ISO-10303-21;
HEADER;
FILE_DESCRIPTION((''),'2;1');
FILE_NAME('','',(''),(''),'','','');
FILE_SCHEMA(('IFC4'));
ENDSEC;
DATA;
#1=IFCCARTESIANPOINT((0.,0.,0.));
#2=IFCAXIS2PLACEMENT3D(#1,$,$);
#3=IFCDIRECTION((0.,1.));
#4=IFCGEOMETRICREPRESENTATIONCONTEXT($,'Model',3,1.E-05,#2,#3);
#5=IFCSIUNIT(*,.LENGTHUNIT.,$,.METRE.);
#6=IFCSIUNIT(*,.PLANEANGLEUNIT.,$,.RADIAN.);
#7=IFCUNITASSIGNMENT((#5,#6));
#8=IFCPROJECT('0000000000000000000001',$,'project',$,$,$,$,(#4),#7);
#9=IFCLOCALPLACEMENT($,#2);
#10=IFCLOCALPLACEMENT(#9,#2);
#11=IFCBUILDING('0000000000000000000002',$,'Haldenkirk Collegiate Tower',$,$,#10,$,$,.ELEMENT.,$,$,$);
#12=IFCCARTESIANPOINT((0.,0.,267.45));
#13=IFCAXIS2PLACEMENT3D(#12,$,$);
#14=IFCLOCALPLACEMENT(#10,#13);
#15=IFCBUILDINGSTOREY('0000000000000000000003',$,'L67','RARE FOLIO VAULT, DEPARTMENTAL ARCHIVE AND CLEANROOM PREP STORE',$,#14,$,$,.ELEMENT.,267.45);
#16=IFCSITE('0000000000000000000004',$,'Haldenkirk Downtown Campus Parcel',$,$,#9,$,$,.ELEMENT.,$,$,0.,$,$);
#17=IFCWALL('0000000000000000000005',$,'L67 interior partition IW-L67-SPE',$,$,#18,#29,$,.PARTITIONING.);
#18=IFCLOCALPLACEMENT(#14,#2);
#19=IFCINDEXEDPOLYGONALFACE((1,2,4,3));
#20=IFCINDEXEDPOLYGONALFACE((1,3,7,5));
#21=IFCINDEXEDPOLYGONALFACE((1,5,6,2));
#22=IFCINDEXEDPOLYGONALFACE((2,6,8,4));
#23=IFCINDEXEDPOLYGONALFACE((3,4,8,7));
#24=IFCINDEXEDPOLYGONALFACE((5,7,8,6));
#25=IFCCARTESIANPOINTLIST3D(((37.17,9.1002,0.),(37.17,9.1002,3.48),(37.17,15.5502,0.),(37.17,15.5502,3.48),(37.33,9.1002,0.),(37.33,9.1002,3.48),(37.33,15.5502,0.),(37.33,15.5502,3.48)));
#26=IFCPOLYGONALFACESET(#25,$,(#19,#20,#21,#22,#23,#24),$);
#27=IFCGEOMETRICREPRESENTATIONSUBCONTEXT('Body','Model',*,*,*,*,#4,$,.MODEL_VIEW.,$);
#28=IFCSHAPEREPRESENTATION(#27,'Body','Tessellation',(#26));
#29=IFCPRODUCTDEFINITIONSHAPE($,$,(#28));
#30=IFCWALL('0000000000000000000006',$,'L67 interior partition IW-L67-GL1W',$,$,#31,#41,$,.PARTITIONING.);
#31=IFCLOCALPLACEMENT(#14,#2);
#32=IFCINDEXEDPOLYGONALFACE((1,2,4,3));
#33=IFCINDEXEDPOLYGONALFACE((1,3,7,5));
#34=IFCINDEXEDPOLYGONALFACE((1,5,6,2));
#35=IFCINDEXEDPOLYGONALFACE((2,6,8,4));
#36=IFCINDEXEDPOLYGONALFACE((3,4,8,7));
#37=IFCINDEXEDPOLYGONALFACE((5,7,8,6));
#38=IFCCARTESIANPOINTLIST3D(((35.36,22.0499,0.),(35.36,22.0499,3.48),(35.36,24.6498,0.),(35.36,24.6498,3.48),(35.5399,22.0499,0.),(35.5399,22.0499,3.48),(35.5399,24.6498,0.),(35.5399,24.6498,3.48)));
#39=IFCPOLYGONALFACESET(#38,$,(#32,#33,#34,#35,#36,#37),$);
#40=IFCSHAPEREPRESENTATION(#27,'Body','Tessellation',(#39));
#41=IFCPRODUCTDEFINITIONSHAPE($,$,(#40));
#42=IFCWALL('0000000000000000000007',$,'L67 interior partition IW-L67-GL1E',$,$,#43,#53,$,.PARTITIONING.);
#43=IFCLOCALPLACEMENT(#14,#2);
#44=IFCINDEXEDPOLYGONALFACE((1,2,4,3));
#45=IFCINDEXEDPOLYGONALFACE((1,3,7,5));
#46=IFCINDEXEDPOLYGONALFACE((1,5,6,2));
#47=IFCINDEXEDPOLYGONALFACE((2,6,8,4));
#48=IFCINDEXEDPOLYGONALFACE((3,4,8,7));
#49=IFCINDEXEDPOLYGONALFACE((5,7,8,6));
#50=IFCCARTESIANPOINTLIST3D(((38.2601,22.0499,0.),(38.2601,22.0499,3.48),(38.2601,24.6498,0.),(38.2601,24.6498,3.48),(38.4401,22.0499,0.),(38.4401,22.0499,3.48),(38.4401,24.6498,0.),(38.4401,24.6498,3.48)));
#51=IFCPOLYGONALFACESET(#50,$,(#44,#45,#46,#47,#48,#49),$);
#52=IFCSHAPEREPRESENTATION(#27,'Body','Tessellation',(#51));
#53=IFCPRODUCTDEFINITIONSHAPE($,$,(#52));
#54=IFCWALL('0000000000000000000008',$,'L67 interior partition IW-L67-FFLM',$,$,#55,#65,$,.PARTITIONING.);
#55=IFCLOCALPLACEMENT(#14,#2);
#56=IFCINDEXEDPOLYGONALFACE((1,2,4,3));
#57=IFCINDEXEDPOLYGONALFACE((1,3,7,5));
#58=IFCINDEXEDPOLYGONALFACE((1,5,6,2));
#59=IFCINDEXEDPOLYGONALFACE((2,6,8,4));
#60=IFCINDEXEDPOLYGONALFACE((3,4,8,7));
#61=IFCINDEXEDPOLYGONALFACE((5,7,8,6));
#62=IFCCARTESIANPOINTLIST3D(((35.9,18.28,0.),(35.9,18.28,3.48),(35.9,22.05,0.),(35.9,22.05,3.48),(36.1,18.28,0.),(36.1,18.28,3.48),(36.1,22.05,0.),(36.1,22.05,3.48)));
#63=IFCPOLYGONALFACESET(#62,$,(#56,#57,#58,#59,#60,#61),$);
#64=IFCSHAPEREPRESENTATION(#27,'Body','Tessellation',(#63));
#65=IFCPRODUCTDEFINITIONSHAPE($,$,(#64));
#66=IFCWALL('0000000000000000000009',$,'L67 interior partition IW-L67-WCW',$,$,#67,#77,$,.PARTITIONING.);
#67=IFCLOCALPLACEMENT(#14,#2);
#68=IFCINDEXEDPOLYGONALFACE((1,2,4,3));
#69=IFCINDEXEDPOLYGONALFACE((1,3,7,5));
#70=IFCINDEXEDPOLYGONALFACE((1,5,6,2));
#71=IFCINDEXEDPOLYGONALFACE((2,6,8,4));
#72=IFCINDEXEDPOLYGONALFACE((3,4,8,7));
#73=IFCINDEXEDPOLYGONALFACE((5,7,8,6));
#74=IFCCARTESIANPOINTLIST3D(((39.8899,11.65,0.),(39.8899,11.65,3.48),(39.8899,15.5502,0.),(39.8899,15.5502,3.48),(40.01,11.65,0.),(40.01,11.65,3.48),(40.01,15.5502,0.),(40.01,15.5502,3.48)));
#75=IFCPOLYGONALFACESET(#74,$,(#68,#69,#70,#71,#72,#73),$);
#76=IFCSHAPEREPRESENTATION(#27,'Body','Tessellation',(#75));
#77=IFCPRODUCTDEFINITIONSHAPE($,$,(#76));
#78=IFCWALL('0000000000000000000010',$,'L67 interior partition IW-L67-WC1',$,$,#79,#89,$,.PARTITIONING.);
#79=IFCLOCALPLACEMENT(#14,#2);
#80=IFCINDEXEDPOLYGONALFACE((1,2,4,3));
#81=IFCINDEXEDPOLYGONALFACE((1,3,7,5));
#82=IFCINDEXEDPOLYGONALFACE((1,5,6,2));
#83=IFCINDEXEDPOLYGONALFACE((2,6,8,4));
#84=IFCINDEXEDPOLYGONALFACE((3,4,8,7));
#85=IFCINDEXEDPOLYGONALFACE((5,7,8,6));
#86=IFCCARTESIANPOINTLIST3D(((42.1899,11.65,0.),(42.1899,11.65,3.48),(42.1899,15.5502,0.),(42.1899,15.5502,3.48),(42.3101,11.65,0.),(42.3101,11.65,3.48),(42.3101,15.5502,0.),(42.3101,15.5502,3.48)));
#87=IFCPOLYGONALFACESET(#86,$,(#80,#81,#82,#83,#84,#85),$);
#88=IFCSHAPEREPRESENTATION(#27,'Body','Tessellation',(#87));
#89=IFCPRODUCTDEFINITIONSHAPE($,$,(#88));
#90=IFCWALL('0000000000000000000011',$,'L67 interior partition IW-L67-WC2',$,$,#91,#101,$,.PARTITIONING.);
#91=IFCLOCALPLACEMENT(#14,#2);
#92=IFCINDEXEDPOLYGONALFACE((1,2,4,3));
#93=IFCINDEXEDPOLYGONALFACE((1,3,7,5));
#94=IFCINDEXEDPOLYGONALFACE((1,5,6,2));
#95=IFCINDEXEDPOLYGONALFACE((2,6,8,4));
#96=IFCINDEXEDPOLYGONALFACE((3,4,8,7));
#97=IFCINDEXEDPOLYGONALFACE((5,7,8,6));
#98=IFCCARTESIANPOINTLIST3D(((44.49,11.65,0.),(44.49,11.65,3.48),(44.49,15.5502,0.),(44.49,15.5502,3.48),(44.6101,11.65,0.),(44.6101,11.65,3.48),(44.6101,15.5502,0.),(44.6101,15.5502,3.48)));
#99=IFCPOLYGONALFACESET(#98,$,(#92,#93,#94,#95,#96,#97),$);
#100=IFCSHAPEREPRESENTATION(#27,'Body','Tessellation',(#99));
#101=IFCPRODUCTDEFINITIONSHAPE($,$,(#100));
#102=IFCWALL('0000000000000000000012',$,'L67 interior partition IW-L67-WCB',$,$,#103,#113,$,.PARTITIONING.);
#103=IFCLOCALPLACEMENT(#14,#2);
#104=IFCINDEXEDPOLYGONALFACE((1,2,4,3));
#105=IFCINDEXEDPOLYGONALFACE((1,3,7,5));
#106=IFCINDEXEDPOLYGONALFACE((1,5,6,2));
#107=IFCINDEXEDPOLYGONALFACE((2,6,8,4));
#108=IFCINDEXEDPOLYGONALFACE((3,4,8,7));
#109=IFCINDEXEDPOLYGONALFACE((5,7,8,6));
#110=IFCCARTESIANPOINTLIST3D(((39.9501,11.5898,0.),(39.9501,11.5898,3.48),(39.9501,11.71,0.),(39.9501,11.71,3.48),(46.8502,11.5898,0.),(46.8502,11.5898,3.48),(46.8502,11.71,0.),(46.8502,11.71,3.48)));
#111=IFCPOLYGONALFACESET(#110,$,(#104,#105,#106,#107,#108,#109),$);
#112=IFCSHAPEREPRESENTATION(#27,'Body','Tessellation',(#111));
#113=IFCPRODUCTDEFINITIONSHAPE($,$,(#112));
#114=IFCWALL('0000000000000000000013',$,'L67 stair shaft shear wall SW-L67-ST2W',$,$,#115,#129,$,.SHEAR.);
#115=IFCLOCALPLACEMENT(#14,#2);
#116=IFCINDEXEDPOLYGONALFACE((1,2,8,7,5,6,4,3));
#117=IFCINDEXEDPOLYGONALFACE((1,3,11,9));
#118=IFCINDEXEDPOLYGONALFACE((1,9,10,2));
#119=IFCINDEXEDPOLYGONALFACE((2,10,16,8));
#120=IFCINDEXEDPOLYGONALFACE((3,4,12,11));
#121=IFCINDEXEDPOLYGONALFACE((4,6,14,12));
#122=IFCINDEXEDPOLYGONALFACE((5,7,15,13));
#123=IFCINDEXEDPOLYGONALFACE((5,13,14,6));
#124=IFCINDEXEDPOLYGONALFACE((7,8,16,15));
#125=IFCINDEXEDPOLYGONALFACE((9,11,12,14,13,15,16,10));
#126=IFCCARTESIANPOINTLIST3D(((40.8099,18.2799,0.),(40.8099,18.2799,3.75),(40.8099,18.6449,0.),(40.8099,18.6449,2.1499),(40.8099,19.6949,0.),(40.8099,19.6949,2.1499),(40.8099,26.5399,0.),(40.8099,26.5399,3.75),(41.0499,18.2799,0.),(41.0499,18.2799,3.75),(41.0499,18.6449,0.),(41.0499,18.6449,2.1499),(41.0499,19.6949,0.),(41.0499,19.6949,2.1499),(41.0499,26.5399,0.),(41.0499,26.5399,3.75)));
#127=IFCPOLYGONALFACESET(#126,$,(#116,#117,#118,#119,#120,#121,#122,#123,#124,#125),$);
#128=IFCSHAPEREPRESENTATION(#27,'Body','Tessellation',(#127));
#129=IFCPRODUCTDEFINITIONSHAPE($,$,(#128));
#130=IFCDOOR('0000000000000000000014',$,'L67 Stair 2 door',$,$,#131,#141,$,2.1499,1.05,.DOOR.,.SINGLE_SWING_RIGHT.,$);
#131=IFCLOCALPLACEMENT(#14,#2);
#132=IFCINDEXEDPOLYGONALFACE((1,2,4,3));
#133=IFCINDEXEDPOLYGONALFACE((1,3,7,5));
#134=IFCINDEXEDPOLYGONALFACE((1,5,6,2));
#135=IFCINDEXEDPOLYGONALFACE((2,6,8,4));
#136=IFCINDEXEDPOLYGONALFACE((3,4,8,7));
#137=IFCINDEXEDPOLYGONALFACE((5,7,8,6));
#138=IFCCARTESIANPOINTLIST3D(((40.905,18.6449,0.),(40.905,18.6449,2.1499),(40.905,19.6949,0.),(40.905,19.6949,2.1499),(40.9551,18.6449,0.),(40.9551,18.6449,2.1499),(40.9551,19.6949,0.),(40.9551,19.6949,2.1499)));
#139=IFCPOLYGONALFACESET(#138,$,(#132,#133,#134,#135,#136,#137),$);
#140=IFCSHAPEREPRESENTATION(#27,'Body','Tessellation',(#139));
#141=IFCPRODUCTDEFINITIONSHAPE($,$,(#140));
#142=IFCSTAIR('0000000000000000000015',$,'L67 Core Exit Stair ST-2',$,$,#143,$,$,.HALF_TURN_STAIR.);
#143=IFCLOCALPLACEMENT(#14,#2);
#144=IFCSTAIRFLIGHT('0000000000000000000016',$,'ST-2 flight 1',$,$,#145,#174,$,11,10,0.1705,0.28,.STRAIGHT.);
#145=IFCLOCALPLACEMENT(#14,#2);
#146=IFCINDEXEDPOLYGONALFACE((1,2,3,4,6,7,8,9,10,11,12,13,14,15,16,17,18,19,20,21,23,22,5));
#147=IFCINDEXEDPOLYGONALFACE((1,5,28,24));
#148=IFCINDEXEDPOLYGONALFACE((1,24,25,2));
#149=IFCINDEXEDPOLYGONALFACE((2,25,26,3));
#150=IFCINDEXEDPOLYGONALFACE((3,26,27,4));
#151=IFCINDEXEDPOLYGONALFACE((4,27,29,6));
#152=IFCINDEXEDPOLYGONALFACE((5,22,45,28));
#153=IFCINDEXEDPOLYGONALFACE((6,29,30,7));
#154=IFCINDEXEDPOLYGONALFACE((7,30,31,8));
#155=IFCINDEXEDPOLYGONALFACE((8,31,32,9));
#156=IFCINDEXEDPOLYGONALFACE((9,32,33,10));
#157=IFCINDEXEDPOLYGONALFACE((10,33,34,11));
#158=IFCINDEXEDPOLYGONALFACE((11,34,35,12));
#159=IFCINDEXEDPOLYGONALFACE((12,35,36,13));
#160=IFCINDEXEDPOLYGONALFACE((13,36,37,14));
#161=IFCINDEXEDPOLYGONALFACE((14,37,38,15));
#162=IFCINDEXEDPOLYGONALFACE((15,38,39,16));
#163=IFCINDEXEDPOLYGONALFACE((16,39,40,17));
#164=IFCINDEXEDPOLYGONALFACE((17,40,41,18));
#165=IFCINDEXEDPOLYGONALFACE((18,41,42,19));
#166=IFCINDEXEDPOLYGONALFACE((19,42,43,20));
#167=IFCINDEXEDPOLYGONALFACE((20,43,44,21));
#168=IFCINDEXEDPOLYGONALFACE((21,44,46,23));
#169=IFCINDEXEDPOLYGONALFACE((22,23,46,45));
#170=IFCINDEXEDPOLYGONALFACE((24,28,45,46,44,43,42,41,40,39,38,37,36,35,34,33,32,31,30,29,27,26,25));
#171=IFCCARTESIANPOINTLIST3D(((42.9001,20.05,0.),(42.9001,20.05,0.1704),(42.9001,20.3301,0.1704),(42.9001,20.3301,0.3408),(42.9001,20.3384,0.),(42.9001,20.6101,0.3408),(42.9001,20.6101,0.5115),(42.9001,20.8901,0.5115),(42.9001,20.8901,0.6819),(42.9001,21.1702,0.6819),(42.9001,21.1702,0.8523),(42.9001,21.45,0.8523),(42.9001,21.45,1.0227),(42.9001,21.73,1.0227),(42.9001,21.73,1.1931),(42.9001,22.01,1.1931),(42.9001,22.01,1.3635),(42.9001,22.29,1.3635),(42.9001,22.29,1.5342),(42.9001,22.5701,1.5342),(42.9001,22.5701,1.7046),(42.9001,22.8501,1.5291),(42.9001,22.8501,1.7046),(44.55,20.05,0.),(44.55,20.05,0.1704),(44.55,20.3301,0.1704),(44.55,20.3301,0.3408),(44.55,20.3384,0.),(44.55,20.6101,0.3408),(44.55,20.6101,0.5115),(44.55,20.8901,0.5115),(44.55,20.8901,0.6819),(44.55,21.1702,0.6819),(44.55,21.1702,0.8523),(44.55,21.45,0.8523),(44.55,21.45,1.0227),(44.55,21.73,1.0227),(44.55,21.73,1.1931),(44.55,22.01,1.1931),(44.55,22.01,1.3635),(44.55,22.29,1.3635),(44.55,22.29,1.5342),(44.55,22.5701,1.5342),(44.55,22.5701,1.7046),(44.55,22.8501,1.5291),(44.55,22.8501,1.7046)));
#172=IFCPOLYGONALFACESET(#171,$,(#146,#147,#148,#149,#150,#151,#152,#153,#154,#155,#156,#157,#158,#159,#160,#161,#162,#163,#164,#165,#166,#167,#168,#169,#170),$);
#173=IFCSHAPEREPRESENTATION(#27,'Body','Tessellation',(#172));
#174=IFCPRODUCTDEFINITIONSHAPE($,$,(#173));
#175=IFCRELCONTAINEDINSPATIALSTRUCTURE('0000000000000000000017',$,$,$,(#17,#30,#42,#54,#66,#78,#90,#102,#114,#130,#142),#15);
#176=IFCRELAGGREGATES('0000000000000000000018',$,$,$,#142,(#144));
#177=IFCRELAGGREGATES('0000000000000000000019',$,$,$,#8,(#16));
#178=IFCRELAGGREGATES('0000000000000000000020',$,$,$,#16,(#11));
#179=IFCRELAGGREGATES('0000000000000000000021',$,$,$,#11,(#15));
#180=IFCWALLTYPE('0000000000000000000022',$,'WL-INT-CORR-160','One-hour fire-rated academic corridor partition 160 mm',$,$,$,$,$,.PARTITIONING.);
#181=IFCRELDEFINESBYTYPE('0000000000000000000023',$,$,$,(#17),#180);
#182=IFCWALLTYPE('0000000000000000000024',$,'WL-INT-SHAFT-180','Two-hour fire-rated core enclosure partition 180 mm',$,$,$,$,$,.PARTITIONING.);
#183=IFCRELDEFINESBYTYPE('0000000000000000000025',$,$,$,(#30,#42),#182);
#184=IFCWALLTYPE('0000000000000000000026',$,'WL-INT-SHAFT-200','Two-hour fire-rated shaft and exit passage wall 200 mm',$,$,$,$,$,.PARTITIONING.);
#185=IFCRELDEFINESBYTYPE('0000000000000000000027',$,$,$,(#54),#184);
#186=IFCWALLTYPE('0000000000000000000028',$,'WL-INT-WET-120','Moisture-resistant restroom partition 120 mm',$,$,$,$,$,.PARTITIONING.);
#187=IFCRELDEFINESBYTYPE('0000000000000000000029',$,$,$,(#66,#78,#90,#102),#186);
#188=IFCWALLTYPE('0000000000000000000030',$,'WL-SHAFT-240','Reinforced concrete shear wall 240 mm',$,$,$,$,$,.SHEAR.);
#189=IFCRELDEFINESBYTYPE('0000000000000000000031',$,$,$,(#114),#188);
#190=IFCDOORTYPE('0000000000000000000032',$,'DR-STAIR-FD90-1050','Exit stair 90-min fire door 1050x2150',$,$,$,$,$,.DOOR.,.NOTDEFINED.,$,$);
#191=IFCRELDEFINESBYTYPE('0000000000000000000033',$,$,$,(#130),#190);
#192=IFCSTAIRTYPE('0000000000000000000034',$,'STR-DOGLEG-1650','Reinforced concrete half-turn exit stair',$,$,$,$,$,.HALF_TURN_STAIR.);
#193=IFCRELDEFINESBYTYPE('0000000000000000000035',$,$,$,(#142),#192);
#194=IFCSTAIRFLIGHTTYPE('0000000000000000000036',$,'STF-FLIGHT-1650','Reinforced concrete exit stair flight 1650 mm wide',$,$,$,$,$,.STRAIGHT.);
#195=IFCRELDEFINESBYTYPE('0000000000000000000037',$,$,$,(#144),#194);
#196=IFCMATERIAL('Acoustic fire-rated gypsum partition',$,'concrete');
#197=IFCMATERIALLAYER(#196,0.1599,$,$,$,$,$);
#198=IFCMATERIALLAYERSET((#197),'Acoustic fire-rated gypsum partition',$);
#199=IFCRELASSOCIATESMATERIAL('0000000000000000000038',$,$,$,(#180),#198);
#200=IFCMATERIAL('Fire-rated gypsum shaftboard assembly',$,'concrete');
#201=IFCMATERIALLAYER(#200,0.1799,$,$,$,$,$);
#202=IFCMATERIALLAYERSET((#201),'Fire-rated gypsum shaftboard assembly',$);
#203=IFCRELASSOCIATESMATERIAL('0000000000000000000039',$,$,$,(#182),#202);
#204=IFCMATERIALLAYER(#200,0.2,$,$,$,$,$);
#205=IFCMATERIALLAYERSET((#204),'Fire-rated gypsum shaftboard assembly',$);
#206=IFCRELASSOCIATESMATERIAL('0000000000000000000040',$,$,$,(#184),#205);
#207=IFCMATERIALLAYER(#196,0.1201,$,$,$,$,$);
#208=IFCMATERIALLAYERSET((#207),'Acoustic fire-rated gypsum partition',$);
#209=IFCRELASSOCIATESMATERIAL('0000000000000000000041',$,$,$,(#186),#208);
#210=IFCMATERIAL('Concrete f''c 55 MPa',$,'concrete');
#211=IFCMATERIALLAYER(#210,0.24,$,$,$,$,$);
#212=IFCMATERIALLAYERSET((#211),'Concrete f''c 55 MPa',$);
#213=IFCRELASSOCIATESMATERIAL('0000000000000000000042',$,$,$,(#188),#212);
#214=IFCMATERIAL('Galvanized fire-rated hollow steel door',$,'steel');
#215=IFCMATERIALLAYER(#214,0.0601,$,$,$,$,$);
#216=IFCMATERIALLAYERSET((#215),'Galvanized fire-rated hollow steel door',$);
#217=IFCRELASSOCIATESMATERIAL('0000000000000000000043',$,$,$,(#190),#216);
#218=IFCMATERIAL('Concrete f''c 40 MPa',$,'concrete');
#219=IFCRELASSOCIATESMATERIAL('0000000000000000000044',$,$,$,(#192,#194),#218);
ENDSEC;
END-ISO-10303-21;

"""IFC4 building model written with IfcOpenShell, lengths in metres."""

from ifc_helpers import new_model, si_unit, direction, frame, frame_2d, origin, place, context, subcontext, project, spatial, polyline, rectangle, outline, extrude, material, layer, layer_set, type_object, element, fill, aggregate, save


model = new_model("IFC4")

# Units and contexts
model_context = context("Model", 3, precision=1e-05, world=origin(), true_north=direction((0.0, 1.0)))
body_context = subcontext(model_context, "Body", "Model", "MODEL_VIEW")
ifc_project = project(units=[si_unit("LENGTHUNIT", "METRE"), si_unit("PLANEANGLEUNIT", "RADIAN")], contexts=[model_context])

# Site, building, storey
site_placement = place(None, origin())
site = spatial("IfcSite", under=ifc_project, at=site_placement, Name="Haldenkirk Downtown Campus Parcel", CompositionType="ELEMENT", RefElevation=0.0)
building_placement = place(site_placement, origin())
building = spatial("IfcBuilding", under=site, at=building_placement, Name="Haldenkirk Collegiate Tower", CompositionType="ELEMENT")
storey_placement = place(building_placement, frame((0.0, 0.0, 267.45)))
storey = spatial("IfcBuildingStorey", under=building, at=storey_placement, Name="L67", Description="RARE FOLIO VAULT, DEPARTMENTAL ARCHIVE AND CLEANROOM PREP STORE", CompositionType="ELEMENT", Elevation=267.45)

# Shared definitions
ifc_material_1 = material(Name="Acoustic fire-rated gypsum partition", Category="concrete")
ifc_layer_1 = layer(ifc_material_1, 0.1599)
ifc_layer_set_1 = layer_set([ifc_layer_1], Name="Acoustic fire-rated gypsum partition")
wall_type_1 = type_object("IfcWallType", Name="WL-INT-CORR-160", Description="One-hour fire-rated academic corridor partition 160 mm", PredefinedType="PARTITIONING", material=ifc_layer_set_1)

# Walls
wall_1_placement = place(storey_placement, frame((37.25, 9.1001, 0.0), z_axis=(0.0, 0.0, 1.0), x_axis=(0.0, 1.0, 0.0)))
element("IfcWall", 1, at=wall_1_placement, inside=storey, type_object=wall_type_1, Name="L67 interior partition IW-L67-SPE", PredefinedType="PARTITIONING", context=body_context, shape_type="SweptSolid", body=[
    extrude(rectangle(XDim=6.45, YDim=0.1599, at=frame_2d((3.2251, 0.0))), origin(), (0.0, 0.0, 1.0), 3.48),
])
ifc_material_2 = material(Name="Fire-rated gypsum shaftboard assembly", Category="concrete")
ifc_layer_2 = layer(ifc_material_2, 0.1799)
ifc_layer_set_2 = layer_set([ifc_layer_2], Name="Fire-rated gypsum shaftboard assembly")
wall_type_2 = type_object("IfcWallType", Name="WL-INT-SHAFT-180", Description="Two-hour fire-rated core enclosure partition 180 mm", PredefinedType="PARTITIONING", material=ifc_layer_set_2)
for number, where, z_axis, x_axis, name in (
    (2, (35.45, 22.05, 0.0), (0.0, 0.0, 1.0), (0.0, 1.0, 0.0), "L67 interior partition IW-L67-GL1W"),
    (3, (38.3501, 22.05, 0.0), (0.0, 0.0, 1.0), (0.0, 1.0, 0.0), "L67 interior partition IW-L67-GL1E"),
):
    element("IfcWall", number, at=place(storey_placement, frame(where, z_axis=z_axis, x_axis=x_axis)), inside=storey, type_object=wall_type_2, Name=name, PredefinedType="PARTITIONING", context=body_context, shape_type="SweptSolid", body=[
        extrude(rectangle(XDim=2.5999, YDim=0.1799, at=frame_2d((1.2998, 0.0))), origin(), (0.0, 0.0, 1.0), 3.48),
    ])
ifc_layer_3 = layer(ifc_material_2, 0.2)
ifc_layer_set_3 = layer_set([ifc_layer_3], Name="Fire-rated gypsum shaftboard assembly")
wall_type_3 = type_object("IfcWallType", Name="WL-INT-SHAFT-200", Description="Two-hour fire-rated shaft and exit passage wall 200 mm", PredefinedType="PARTITIONING", material=ifc_layer_set_3)
wall_2_placement = place(storey_placement, frame((36.0, 18.28, 0.0), z_axis=(0.0, 0.0, 1.0), x_axis=(0.0, 1.0, 0.0)))
element("IfcWall", 4, at=wall_2_placement, inside=storey, type_object=wall_type_3, Name="L67 interior partition IW-L67-FFLM", PredefinedType="PARTITIONING", context=body_context, shape_type="SweptSolid", body=[
    extrude(rectangle(XDim=3.77, YDim=0.2, at=frame_2d((1.885, 0.0))), origin(), (0.0, 0.0, 1.0), 3.48),
])

# Walls
ifc_layer_4 = layer(ifc_material_1, 0.1201)
ifc_layer_set_4 = layer_set([ifc_layer_4], Name="Acoustic fire-rated gypsum partition")
wall_type_4 = type_object("IfcWallType", Name="WL-INT-WET-120", Description="Moisture-resistant restroom partition 120 mm", PredefinedType="PARTITIONING", material=ifc_layer_set_4)
for number, where, z_axis, x_axis, name in (
    (5, (39.95, 11.6499, 0.0), (0.0, 0.0, 1.0), (0.0, 1.0, 0.0), "L67 interior partition IW-L67-WCW"),
    (6, (42.25, 11.6499, 0.0), (0.0, 0.0, 1.0), (0.0, 1.0, 0.0), "L67 interior partition IW-L67-WC1"),
    (7, (44.55, 11.6499, 0.0), (0.0, 0.0, 1.0), (0.0, 1.0, 0.0), "L67 interior partition IW-L67-WC2"),
):
    element("IfcWall", number, at=place(storey_placement, frame(where, z_axis=z_axis, x_axis=x_axis)), inside=storey, type_object=wall_type_4, Name=name, PredefinedType="PARTITIONING", context=body_context, shape_type="SweptSolid", body=[
        extrude(rectangle(XDim=3.9001, YDim=0.1201, at=frame_2d((1.9502, 0.0))), origin(), (0.0, 0.0, 1.0), 3.48),
    ])
wall_3_placement = place(storey_placement, frame((39.95, 11.6499, 0.0), z_axis=(0.0, 0.0, 1.0), x_axis=(1.0, 0.0, 0.0)))
element("IfcWall", 8, at=wall_3_placement, inside=storey, type_object=wall_type_4, Name="L67 interior partition IW-L67-WCB", PredefinedType="PARTITIONING", context=body_context, shape_type="SweptSolid", body=[
    extrude(rectangle(XDim=6.9001, YDim=0.1201, at=frame_2d((3.4502, 0.0))), origin(), (0.0, 0.0, 1.0), 3.48),
])

# Wall, opening, door
ifc_material_3 = material(Name="Concrete f'c 55 MPa", Category="concrete")
ifc_layer_5 = layer(ifc_material_3, 0.24)
ifc_layer_set_5 = layer_set([ifc_layer_5], Name="Concrete f'c 55 MPa")
wall_type_5 = type_object("IfcWallType", Name="WL-SHAFT-240", Description="Reinforced concrete shear wall 240 mm", PredefinedType="SHEAR", material=ifc_layer_set_5)
wall_4_placement = place(storey_placement, frame((40.9299, 18.28, 0.0), z_axis=(0.0, 0.0, 1.0), x_axis=(0.0, 1.0, 0.0)))
wall_4 = element("IfcWall", 9, at=wall_4_placement, inside=storey, type_object=wall_type_5, Name="L67 stair shaft shear wall SW-L67-ST2W", PredefinedType="SHEAR", context=body_context, shape_type="SweptSolid", body=[
    extrude(rectangle(XDim=8.26, YDim=0.24, at=frame_2d((4.1299, 0.0))), origin(), (0.0, 0.0, 1.0), 3.75),
])
opening_1_placement = place(wall_4_placement, frame((0.365, 0.0, 0.0)))
opening_1 = element("IfcOpeningElement", 10, at=opening_1_placement, cuts=wall_4, PredefinedType="OPENING", context=body_context, shape_type="SweptSolid", body=[
    extrude(rectangle(XDim=1.05, YDim=2.1499, at=frame_2d((0.5249, 1.075))), frame((0.0, 0.1299, 0.0), z_axis=(0.0, -1.0, 0.0), x_axis=(1.0, 0.0, 0.0)), (0.0, 0.0, 1.0), 0.26),
])
ifc_material_4 = material(Name="Galvanized fire-rated hollow steel door", Category="steel")
ifc_layer_6 = layer(ifc_material_4, 0.0601)
ifc_layer_set_6 = layer_set([ifc_layer_6], Name="Galvanized fire-rated hollow steel door")
door_type_1 = type_object("IfcDoorType", Name="DR-STAIR-FD90-1050", Description="Exit stair 90-min fire door 1050x2150", OperationType="NOTDEFINED", PredefinedType="DOOR", material=ifc_layer_set_6)
door_1_placement = place(opening_1_placement, origin())
door_1 = element("IfcDoor", 11, at=door_1_placement, inside=storey, type_object=door_type_1, Name="L67 Stair 2 door", OperationType="SINGLE_SWING_RIGHT", OverallHeight=2.1499, OverallWidth=1.05, PredefinedType="DOOR", context=body_context, shape_type="SweptSolid", body=[
    extrude(rectangle(XDim=1.05, YDim=2.1499, at=frame_2d((0.5249, 1.075))), frame((0.0, 0.0249, 0.0), z_axis=(0.0, -1.0, 0.0), x_axis=(1.0, 0.0, 0.0)), (0.0, 0.0, 1.0), 0.05),
])
fill(opening_1, door_1)

# Stair, stair flight
ifc_material_5 = material(Name="Concrete f'c 40 MPa", Category="concrete")
stair_type = type_object("IfcStairType", Name="STR-DOGLEG-1650", Description="Reinforced concrete half-turn exit stair", PredefinedType="HALF_TURN_STAIR", material=ifc_material_5)
stair_placement = place(storey_placement, origin())
stair = element("IfcStair", 12, at=stair_placement, inside=storey, type_object=stair_type, Name="L67 Core Exit Stair ST-2", PredefinedType="HALF_TURN_STAIR")
stair_flight_type = type_object("IfcStairFlightType", Name="STF-FLIGHT-1650", Description="Reinforced concrete exit stair flight 1650 mm wide", PredefinedType="STRAIGHT", material=ifc_material_5)
stair_flight_1_placement = place(storey_placement, frame((43.7251, 20.05, 0.0), z_axis=(0.0, 0.0, 1.0), x_axis=(0.0, 1.0, 0.0)))
stair_flight_1 = element("IfcStairFlight", 13, at=stair_flight_1_placement, type_object=stair_flight_type, Name="ST-2 flight 1", NumberOfRisers=11, NumberOfTreads=10, PredefinedType="STRAIGHT", RiserHeight=0.1705, TreadLength=0.28, context=body_context, shape_type="SweptSolid", body=[
    extrude(outline(polyline([(0.0, 0.0), (0.0, 0.1704), (0.28, 0.1704), (0.28, 0.3408), (0.5601, 0.3408), (0.5601, 0.5115), (0.8401, 0.5115), (0.8401, 0.6819), (1.1201, 0.6819), (1.1201, 0.8523), (1.3999, 0.8523), (1.3999, 1.0227), (1.6799, 1.0227), (1.6799, 1.1931), (1.96, 1.1931), (1.96, 1.3635), (2.24, 1.3635), (2.24, 1.5342), (2.52, 1.5342), (2.52, 1.7046), (2.8, 1.7046), (2.8, 1.875), (2.8, 1.5291), (0.2883, 0.0), (0.0, 0.0)])), frame((0.0, 0.825, 0.0), z_axis=(0.0, -1.0, 0.0), x_axis=(1.0, 0.0, 0.0)), (0.0, 0.0, 1.0), 1.6499),
])
aggregate(stair, [stair_flight_1])

save(model, "model.ifc")
